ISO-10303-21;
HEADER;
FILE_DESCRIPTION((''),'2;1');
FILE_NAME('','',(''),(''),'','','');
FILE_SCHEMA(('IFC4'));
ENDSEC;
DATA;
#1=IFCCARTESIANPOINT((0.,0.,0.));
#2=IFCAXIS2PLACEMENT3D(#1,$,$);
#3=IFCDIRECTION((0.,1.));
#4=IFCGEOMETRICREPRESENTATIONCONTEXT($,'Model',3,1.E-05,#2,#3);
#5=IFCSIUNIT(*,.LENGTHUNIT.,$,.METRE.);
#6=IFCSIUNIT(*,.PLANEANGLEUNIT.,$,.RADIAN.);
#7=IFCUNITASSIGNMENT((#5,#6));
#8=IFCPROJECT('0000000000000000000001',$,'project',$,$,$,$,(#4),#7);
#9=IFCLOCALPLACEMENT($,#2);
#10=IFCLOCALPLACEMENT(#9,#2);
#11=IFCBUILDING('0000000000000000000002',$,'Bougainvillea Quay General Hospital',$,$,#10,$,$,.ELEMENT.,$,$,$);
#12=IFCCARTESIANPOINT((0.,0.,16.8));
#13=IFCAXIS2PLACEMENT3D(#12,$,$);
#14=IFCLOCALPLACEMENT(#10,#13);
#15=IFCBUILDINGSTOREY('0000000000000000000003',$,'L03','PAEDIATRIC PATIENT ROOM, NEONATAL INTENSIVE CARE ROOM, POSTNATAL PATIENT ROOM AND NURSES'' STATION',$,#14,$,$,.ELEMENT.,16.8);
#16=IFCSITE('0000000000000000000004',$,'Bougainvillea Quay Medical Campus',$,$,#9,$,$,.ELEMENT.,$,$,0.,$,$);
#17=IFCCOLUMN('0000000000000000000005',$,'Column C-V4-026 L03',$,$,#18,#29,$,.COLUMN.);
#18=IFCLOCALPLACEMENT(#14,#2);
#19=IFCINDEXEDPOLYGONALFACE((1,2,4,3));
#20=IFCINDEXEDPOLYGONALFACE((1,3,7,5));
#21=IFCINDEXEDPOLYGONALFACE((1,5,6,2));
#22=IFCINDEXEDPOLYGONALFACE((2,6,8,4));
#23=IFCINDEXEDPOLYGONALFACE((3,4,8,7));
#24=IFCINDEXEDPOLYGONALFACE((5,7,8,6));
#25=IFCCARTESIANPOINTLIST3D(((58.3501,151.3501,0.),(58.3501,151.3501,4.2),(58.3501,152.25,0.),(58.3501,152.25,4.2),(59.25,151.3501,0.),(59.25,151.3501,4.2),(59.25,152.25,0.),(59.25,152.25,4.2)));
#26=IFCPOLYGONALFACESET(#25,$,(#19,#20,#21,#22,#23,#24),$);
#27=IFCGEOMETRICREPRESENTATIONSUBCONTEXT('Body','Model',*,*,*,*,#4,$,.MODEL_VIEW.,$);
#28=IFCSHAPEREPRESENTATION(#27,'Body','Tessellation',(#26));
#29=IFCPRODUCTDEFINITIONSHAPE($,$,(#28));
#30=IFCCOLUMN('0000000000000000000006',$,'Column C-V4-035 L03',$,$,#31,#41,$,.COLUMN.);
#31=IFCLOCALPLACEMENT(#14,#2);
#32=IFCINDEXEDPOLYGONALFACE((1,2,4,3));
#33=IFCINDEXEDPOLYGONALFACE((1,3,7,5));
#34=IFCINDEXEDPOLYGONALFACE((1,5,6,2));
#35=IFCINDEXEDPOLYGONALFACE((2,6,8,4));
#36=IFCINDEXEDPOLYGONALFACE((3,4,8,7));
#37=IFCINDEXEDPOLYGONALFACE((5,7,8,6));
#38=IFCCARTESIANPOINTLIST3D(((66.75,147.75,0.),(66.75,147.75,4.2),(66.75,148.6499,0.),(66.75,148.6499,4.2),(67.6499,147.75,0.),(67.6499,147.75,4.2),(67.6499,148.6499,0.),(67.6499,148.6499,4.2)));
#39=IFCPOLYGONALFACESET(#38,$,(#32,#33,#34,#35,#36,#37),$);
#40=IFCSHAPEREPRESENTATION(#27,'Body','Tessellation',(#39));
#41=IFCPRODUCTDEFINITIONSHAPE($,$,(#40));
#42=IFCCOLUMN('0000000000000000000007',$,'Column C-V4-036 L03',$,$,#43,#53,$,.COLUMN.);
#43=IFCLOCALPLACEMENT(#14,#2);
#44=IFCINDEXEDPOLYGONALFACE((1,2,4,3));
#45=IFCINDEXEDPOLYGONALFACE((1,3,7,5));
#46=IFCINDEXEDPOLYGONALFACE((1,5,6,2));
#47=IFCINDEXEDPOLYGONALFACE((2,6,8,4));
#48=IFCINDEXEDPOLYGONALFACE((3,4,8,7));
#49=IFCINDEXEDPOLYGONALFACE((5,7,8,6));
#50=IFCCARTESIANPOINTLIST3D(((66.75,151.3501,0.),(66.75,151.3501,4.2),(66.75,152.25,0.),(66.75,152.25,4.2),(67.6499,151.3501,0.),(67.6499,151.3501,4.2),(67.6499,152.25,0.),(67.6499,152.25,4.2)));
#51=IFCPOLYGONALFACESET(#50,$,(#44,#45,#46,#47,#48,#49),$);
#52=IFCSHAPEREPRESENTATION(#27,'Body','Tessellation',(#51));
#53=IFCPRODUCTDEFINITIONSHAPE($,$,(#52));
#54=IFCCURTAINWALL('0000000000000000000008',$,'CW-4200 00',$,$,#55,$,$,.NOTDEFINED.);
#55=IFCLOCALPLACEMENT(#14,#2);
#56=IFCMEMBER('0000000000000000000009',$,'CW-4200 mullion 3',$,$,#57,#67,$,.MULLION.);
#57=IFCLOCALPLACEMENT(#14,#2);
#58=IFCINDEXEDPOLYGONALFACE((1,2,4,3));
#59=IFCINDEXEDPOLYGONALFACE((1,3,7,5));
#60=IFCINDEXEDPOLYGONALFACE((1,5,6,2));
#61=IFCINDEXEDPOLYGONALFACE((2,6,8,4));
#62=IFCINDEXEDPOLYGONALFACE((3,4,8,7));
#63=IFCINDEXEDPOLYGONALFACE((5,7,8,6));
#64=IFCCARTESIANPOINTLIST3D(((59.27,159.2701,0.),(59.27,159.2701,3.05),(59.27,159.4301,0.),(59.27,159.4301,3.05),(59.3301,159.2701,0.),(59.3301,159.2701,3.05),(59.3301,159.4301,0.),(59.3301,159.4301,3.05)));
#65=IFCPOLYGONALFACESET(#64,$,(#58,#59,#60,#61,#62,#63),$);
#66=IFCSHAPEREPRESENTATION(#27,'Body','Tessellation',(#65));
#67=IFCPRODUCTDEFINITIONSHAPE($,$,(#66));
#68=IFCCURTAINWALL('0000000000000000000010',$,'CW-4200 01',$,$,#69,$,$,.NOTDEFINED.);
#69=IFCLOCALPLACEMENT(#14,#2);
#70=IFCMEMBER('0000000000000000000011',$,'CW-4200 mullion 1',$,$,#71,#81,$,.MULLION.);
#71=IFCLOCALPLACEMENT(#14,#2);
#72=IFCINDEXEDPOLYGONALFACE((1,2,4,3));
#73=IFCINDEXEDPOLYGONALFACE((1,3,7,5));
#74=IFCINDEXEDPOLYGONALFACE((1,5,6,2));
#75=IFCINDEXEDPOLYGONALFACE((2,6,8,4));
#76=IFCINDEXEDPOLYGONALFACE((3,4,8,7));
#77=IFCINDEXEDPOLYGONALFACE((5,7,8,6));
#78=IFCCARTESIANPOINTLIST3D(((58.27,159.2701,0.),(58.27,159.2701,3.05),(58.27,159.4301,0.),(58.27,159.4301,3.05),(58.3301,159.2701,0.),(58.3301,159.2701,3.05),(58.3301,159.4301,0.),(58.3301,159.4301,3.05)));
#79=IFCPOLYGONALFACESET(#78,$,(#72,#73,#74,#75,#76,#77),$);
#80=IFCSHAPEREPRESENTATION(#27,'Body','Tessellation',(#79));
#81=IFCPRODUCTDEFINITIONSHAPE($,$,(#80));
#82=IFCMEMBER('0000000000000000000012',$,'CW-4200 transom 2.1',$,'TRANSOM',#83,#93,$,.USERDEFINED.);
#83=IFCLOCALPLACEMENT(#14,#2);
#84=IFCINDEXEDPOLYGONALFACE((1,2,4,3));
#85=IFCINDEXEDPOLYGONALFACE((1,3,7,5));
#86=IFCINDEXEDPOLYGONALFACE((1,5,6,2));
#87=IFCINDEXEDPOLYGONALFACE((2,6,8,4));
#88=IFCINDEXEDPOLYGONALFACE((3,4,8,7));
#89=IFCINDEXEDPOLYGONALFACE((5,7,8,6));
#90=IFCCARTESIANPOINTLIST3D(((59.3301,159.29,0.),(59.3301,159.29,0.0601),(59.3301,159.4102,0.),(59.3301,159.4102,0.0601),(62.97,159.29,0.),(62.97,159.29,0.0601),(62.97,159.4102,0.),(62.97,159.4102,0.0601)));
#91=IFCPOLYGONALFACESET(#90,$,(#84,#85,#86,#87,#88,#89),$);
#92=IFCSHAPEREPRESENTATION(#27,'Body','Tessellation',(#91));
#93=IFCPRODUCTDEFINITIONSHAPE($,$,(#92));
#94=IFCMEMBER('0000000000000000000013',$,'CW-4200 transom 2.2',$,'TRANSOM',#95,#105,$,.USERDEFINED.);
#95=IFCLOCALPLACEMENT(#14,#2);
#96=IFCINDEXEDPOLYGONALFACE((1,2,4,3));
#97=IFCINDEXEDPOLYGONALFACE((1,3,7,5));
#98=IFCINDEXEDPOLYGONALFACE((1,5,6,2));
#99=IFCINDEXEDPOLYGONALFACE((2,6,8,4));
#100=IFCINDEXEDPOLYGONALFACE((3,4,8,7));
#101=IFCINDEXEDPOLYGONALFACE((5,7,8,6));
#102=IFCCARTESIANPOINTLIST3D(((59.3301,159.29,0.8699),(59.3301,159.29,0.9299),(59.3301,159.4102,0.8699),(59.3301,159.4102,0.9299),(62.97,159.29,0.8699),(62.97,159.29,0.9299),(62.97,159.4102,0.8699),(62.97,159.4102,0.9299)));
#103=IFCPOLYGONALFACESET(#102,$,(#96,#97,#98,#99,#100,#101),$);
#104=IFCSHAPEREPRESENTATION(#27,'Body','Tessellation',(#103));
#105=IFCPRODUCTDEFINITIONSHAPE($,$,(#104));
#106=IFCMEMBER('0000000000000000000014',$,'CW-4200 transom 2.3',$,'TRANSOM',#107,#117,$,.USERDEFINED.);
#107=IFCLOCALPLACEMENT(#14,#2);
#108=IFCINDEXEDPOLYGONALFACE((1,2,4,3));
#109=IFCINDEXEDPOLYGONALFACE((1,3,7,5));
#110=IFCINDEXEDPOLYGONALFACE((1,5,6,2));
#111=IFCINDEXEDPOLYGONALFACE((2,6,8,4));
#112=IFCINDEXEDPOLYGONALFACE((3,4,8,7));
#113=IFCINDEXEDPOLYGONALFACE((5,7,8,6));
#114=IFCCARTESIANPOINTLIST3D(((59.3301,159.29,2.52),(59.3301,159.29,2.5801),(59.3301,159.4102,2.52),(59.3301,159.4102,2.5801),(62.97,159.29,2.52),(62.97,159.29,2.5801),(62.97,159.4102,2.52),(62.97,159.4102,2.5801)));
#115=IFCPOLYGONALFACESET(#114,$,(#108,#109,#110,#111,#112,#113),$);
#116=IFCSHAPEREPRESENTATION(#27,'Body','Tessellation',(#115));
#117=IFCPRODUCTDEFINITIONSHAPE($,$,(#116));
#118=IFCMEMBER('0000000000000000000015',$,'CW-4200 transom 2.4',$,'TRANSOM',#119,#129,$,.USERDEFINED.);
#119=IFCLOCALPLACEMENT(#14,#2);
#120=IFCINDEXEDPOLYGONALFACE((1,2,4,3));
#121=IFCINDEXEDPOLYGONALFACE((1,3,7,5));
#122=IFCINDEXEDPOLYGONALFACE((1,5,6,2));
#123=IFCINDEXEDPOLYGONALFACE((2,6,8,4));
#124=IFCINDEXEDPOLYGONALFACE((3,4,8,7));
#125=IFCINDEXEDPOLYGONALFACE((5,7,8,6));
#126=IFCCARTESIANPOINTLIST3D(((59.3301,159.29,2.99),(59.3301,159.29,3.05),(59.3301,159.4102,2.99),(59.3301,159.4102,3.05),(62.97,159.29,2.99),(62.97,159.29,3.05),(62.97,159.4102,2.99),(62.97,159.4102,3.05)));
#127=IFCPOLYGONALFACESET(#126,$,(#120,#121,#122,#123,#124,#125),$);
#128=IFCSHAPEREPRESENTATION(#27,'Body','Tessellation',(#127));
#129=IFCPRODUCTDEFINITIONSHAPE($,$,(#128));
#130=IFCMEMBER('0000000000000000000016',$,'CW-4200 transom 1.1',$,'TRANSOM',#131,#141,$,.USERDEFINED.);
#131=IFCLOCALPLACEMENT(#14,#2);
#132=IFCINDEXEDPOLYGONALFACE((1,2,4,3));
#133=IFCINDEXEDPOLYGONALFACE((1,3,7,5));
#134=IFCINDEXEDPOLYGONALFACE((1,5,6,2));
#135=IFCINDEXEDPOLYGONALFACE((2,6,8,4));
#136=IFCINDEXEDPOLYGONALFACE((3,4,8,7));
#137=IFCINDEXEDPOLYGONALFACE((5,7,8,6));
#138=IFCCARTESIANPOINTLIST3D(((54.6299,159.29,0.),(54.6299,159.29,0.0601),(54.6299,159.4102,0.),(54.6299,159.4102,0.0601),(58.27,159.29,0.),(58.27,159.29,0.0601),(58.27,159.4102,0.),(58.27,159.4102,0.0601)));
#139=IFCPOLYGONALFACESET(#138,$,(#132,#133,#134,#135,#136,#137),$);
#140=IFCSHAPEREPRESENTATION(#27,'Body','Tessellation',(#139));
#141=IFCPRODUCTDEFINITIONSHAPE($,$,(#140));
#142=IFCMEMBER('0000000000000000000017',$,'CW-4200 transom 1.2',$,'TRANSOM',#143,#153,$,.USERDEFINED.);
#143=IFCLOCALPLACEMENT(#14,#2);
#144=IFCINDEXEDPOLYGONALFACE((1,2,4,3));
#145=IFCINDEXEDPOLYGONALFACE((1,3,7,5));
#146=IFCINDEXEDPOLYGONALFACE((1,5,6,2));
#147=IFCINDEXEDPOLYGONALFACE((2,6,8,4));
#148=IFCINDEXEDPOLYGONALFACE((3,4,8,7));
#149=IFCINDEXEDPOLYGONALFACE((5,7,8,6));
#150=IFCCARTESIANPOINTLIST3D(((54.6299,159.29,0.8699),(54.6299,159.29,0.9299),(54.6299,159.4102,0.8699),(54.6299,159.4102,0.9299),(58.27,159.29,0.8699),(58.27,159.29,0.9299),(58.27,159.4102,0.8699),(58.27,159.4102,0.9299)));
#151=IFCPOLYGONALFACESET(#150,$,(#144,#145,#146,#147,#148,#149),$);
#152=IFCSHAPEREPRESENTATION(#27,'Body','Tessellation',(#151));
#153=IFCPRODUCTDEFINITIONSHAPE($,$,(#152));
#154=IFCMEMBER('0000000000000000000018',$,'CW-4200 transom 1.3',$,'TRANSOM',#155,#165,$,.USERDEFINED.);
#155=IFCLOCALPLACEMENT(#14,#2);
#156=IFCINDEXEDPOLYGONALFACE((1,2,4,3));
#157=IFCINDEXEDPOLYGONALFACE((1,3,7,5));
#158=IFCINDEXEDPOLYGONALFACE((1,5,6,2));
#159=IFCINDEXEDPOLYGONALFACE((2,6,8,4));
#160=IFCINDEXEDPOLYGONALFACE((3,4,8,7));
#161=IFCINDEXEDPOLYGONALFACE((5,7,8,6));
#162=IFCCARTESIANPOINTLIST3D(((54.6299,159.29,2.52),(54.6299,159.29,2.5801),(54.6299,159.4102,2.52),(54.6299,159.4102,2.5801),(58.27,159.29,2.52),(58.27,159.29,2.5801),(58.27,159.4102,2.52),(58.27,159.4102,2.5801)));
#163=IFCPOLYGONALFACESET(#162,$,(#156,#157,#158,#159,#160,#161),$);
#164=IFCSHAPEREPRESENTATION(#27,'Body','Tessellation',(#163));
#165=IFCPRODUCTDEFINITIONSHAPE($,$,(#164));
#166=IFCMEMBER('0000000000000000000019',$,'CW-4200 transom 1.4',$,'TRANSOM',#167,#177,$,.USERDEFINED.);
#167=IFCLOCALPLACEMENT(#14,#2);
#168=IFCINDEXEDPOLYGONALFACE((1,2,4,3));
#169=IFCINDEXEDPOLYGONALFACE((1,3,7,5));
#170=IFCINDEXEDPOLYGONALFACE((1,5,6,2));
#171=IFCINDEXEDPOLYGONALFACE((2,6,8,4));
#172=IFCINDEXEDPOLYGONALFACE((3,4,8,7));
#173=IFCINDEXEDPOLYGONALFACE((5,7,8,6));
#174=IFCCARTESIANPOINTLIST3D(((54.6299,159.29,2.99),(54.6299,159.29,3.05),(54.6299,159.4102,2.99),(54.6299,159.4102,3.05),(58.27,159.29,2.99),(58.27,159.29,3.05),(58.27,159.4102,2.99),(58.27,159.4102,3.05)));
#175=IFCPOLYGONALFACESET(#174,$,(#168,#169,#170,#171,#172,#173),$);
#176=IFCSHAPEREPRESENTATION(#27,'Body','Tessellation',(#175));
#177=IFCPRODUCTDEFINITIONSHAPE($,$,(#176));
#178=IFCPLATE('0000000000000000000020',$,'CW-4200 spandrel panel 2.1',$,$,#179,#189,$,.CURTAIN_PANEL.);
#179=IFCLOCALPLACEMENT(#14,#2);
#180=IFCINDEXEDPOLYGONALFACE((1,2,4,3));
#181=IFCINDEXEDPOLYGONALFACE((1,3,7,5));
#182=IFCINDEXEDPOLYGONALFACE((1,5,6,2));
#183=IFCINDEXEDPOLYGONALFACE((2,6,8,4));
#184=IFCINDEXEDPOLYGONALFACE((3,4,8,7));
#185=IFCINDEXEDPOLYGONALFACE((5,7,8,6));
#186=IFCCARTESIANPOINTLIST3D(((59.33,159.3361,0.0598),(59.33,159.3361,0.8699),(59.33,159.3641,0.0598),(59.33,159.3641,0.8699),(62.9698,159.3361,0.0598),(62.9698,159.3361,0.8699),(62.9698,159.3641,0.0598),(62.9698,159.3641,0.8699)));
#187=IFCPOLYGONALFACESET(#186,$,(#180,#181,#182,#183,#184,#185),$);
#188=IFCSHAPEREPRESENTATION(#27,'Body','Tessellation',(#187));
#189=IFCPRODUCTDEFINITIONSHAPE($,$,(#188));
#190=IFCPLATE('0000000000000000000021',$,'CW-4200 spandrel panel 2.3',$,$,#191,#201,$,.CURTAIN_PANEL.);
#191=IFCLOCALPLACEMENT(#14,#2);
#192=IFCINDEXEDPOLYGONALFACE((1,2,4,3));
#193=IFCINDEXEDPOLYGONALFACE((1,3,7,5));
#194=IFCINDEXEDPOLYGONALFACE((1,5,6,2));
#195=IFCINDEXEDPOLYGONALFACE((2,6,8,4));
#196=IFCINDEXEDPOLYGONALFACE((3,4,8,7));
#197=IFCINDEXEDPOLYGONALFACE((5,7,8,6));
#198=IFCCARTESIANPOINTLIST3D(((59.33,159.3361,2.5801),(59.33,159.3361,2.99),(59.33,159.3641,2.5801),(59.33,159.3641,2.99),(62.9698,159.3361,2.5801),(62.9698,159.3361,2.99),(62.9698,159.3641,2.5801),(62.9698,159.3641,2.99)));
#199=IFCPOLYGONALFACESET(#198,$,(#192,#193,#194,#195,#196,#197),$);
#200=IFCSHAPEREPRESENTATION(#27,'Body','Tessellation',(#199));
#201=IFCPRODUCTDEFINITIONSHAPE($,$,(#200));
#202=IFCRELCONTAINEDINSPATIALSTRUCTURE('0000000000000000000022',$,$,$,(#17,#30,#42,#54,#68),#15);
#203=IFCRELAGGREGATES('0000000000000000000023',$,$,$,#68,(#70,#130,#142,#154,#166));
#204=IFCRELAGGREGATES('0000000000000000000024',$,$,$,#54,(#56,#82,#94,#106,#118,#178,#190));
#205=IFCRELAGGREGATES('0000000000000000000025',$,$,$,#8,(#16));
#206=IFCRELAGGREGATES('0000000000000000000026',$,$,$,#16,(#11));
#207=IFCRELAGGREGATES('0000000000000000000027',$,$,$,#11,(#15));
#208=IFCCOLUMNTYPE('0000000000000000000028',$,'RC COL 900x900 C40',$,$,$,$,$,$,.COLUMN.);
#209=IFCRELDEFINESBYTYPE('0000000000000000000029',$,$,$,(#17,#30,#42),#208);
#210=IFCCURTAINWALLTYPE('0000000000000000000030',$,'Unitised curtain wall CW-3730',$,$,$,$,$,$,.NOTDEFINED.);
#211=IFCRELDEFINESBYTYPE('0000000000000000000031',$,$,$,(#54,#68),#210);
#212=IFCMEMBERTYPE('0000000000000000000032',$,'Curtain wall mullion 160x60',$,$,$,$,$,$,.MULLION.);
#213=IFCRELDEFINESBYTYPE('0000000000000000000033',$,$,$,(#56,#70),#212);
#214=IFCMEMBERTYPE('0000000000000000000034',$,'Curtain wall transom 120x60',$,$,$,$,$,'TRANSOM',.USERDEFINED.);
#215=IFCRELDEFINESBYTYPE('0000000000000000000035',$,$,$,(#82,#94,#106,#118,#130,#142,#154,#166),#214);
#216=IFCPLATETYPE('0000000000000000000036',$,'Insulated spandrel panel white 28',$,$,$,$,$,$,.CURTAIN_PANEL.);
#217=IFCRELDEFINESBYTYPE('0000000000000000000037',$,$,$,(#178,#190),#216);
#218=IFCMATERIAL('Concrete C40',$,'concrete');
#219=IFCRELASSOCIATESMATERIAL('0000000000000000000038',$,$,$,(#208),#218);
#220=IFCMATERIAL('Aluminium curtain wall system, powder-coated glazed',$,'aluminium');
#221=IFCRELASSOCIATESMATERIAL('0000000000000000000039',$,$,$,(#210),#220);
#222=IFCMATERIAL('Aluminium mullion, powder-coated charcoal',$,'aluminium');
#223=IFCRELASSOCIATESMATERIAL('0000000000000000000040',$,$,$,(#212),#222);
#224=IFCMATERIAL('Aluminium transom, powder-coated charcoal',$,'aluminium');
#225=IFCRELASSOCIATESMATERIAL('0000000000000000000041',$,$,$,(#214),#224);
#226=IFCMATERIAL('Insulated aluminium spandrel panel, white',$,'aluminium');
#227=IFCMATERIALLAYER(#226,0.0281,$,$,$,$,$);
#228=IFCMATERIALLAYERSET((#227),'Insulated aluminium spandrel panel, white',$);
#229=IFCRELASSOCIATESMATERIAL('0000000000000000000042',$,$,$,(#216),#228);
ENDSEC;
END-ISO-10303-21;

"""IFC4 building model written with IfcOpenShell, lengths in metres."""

from ifc_helpers import new_model, si_unit, direction, frame, origin, origin_2d, place, context, subcontext, project, spatial, rectangle, extrude, material, layer, layer_set, material_profile, profile_set, type_object, element, aggregate, save


model = new_model("IFC4")

# Units and contexts
model_context = context("Model", 3, precision=1e-05, world=origin(), true_north=direction((0.0, 1.0)))
body_context = subcontext(model_context, "Body", "Model", "MODEL_VIEW")
ifc_project = project(units=[si_unit("LENGTHUNIT", "METRE"), si_unit("PLANEANGLEUNIT", "RADIAN")], contexts=[model_context])

# Site, building, storey
site_placement = place(None, origin())
site = spatial("IfcSite", under=ifc_project, at=site_placement, Name="Bougainvillea Quay Medical Campus", CompositionType="ELEMENT", RefElevation=0.0)
building_placement = place(site_placement, origin())
building = spatial("IfcBuilding", under=site, at=building_placement, Name="Bougainvillea Quay General Hospital", CompositionType="ELEMENT")
storey_placement = place(building_placement, frame((0.0, 0.0, 16.8)))
storey = spatial("IfcBuildingStorey", under=building, at=storey_placement, Name="L03", Description="PAEDIATRIC PATIENT ROOM, NEONATAL INTENSIVE CARE ROOM, POSTNATAL PATIENT ROOM AND NURSES' STATION", CompositionType="ELEMENT", Elevation=16.8)

# Columns
ifc_material_1 = material(Name="Concrete C40", Category="concrete")
ifc_material_profile_1 = material_profile(ifc_material_1, rectangle(XDim=0.8999, YDim=0.8999, at=origin_2d()))
ifc_profile_set_1 = profile_set([ifc_material_profile_1], Name="Concrete C40")
column_type = type_object("IfcColumnType", Name="RC COL 900x900 C40", PredefinedType="COLUMN", material=ifc_profile_set_1)
for number, where, z_axis, x_axis, name in (
    (1, (58.8, 151.8, 0.0), (0.0, 0.0, 1.0), (1.0, 0.0, 0.0), "Column C-V4-026 L03"),
    (2, (67.2, 148.2, 0.0), (0.0, 0.0, 1.0), (1.0, 0.0, 0.0), "Column C-V4-035 L03"),
    (3, (67.2, 151.8, 0.0), (0.0, 0.0, 1.0), (1.0, 0.0, 0.0), "Column C-V4-036 L03"),
):
    element("IfcColumn", number, at=place(storey_placement, frame(where, z_axis=z_axis, x_axis=x_axis)), inside=storey, type_object=column_type, Name=name, PredefinedType="COLUMN", context=body_context, shape_type="SweptSolid", body=[
        extrude(rectangle(XDim=0.8999, YDim=0.8999, at=origin_2d()), origin(), (0.0, 0.0, 1.0), 4.2),
    ])

# Curtain walls, members
ifc_material_2 = material(Name="Aluminium curtain wall system, powder-coated glazed", Category="aluminium")
curtain_wall_type = type_object("IfcCurtainWallType", Name="Unitised curtain wall CW-3730", PredefinedType="NOTDEFINED", material=ifc_material_2)
curtain_wall_1_placement = place(storey_placement, origin())
curtain_wall_1 = element("IfcCurtainWall", 4, at=curtain_wall_1_placement, inside=storey, type_object=curtain_wall_type, Name="CW-4200 00", PredefinedType="NOTDEFINED")
ifc_material_3 = material(Name="Aluminium mullion, powder-coated charcoal", Category="aluminium")
ifc_material_profile_2 = material_profile(ifc_material_3, rectangle(XDim=0.1599, YDim=0.0601, at=origin_2d()))
ifc_profile_set_2 = profile_set([ifc_material_profile_2], Name="Aluminium mullion, powder-coated charcoal")
member_type_1 = type_object("IfcMemberType", Name="Curtain wall mullion 160x60", PredefinedType="MULLION", material=ifc_profile_set_2)
member_1_placement = place(storey_placement, frame((59.3, 159.3501, 0.0), z_axis=(0.0, 0.0, 1.0), x_axis=(0.0, -1.0, 0.0)))
member_1 = element("IfcMember", 5, at=member_1_placement, type_object=member_type_1, Name="CW-4200 mullion 3", PredefinedType="MULLION", context=body_context, shape_type="SweptSolid", body=[
    extrude(rectangle(XDim=0.1599, YDim=0.0601, at=origin_2d()), origin(), (0.0, 0.0, 1.0), 3.05),
])
curtain_wall_2_placement = place(storey_placement, origin())
curtain_wall_2 = element("IfcCurtainWall", 6, at=curtain_wall_2_placement, inside=storey, type_object=curtain_wall_type, Name="CW-4200 01", PredefinedType="NOTDEFINED")
member_2_placement = place(storey_placement, frame((58.3, 159.3501, 0.0), z_axis=(0.0, 0.0, 1.0), x_axis=(0.0, -1.0, 0.0)))
member_2 = element("IfcMember", 7, at=member_2_placement, type_object=member_type_1, Name="CW-4200 mullion 1", PredefinedType="MULLION", context=body_context, shape_type="SweptSolid", body=[
    extrude(rectangle(XDim=0.1599, YDim=0.0601, at=origin_2d()), origin(), (0.0, 0.0, 1.0), 3.05),
])

# Members
ifc_material_4 = material(Name="Aluminium transom, powder-coated charcoal", Category="aluminium")
ifc_material_profile_3 = material_profile(ifc_material_4, rectangle(XDim=0.1201, YDim=0.0601, at=origin_2d()))
ifc_profile_set_3 = profile_set([ifc_material_profile_3], Name="Aluminium transom, powder-coated charcoal")
member_type_2 = type_object("IfcMemberType", Name="Curtain wall transom 120x60", ElementType="TRANSOM", PredefinedType="USERDEFINED", material=ifc_profile_set_3)
member_3_placement = place(storey_placement, frame((62.97, 159.3501, 0.03), z_axis=(-1.0, 0.0, 0.0), x_axis=(0.0, -1.0, 0.0)))
member_3 = element("IfcMember", 8, at=member_3_placement, type_object=member_type_2, Name="CW-4200 transom 2.1", ObjectType="TRANSOM", PredefinedType="USERDEFINED", context=body_context, shape_type="SweptSolid", body=[
    extrude(rectangle(XDim=0.1201, YDim=0.0601, at=origin_2d()), origin(), (0.0, 0.0, 1.0), 3.6399),
])
member_4_placement = place(storey_placement, frame((62.97, 159.3501, 0.8999), z_axis=(-1.0, 0.0, 0.0), x_axis=(0.0, -1.0, 0.0)))
member_4 = element("IfcMember", 9, at=member_4_placement, type_object=member_type_2, Name="CW-4200 transom 2.2", ObjectType="TRANSOM", PredefinedType="USERDEFINED", context=body_context, shape_type="SweptSolid", body=[
    extrude(rectangle(XDim=0.1201, YDim=0.0601, at=origin_2d()), origin(), (0.0, 0.0, 1.0), 3.6399),
])
member_5_placement = place(storey_placement, frame((62.97, 159.3501, 2.55), z_axis=(-1.0, 0.0, 0.0), x_axis=(0.0, -1.0, 0.0)))
member_5 = element("IfcMember", 10, at=member_5_placement, type_object=member_type_2, Name="CW-4200 transom 2.3", ObjectType="TRANSOM", PredefinedType="USERDEFINED", context=body_context, shape_type="SweptSolid", body=[
    extrude(rectangle(XDim=0.1201, YDim=0.0601, at=origin_2d()), origin(), (0.0, 0.0, 1.0), 3.6399),
])
member_6_placement = place(storey_placement, frame((62.97, 159.3501, 3.02), z_axis=(-1.0, 0.0, 0.0), x_axis=(0.0, -1.0, 0.0)))
member_6 = element("IfcMember", 11, at=member_6_placement, type_object=member_type_2, Name="CW-4200 transom 2.4", ObjectType="TRANSOM", PredefinedType="USERDEFINED", context=body_context, shape_type="SweptSolid", body=[
    extrude(rectangle(XDim=0.1201, YDim=0.0601, at=origin_2d()), origin(), (0.0, 0.0, 1.0), 3.6399),
])
member_7_placement = place(storey_placement, frame((58.27, 159.3501, 0.03), z_axis=(-1.0, 0.0, 0.0), x_axis=(0.0, -1.0, 0.0)))
member_7 = element("IfcMember", 12, at=member_7_placement, type_object=member_type_2, Name="CW-4200 transom 1.1", ObjectType="TRANSOM", PredefinedType="USERDEFINED", context=body_context, shape_type="SweptSolid", body=[
    extrude(rectangle(XDim=0.1201, YDim=0.0601, at=origin_2d()), origin(), (0.0, 0.0, 1.0), 3.6401),
])
member_8_placement = place(storey_placement, frame((58.27, 159.3501, 0.8999), z_axis=(-1.0, 0.0, 0.0), x_axis=(0.0, -1.0, 0.0)))
member_8 = element("IfcMember", 13, at=member_8_placement, type_object=member_type_2, Name="CW-4200 transom 1.2", ObjectType="TRANSOM", PredefinedType="USERDEFINED", context=body_context, shape_type="SweptSolid", body=[
    extrude(rectangle(XDim=0.1201, YDim=0.0601, at=origin_2d()), origin(), (0.0, 0.0, 1.0), 3.6401),
])
member_9_placement = place(storey_placement, frame((58.27, 159.3501, 2.55), z_axis=(-1.0, 0.0, 0.0), x_axis=(0.0, -1.0, 0.0)))
member_9 = element("IfcMember", 14, at=member_9_placement, type_object=member_type_2, Name="CW-4200 transom 1.3", ObjectType="TRANSOM", PredefinedType="USERDEFINED", context=body_context, shape_type="SweptSolid", body=[
    extrude(rectangle(XDim=0.1201, YDim=0.0601, at=origin_2d()), origin(), (0.0, 0.0, 1.0), 3.6401),
])
member_10_placement = place(storey_placement, frame((58.27, 159.3501, 3.02), z_axis=(-1.0, 0.0, 0.0), x_axis=(0.0, -1.0, 0.0)))
member_10 = element("IfcMember", 15, at=member_10_placement, type_object=member_type_2, Name="CW-4200 transom 1.4", ObjectType="TRANSOM", PredefinedType="USERDEFINED", context=body_context, shape_type="SweptSolid", body=[
    extrude(rectangle(XDim=0.1201, YDim=0.0601, at=origin_2d()), origin(), (0.0, 0.0, 1.0), 3.6401),
])
aggregate(curtain_wall_2, [member_2, member_7, member_8, member_9, member_10])

# Plates
ifc_material_5 = material(Name="Insulated aluminium spandrel panel, white", Category="aluminium")
ifc_layer_1 = layer(ifc_material_5, 0.0281)
ifc_layer_set_1 = layer_set([ifc_layer_1], Name="Insulated aluminium spandrel panel, white")
plate_type_1 = type_object("IfcPlateType", Name="Insulated spandrel panel white 28", PredefinedType="CURTAIN_PANEL", material=ifc_layer_set_1)
plate_1_placement = place(storey_placement, frame((61.1499, 159.3501, 0.0598), z_axis=(0.0, 0.0, 1.0), x_axis=(-1.0, 0.0, 0.0)))
plate_1 = element("IfcPlate", 16, at=plate_1_placement, type_object=plate_type_1, Name="CW-4200 spandrel panel 2.1", PredefinedType="CURTAIN_PANEL", context=body_context, shape_type="SweptSolid", body=[
    extrude(rectangle(XDim=3.6399, YDim=0.0281, at=origin_2d()), origin(), (0.0, 0.0, 1.0), 0.8101),
])
plate_2_placement = place(storey_placement, frame((61.1499, 159.3501, 2.5801), z_axis=(0.0, 0.0, 1.0), x_axis=(-1.0, 0.0, 0.0)))
plate_2 = element("IfcPlate", 17, at=plate_2_placement, type_object=plate_type_1, Name="CW-4200 spandrel panel 2.3", PredefinedType="CURTAIN_PANEL", context=body_context, shape_type="SweptSolid", body=[
    extrude(rectangle(XDim=3.6399, YDim=0.0281, at=origin_2d()), origin(), (0.0, 0.0, 1.0), 0.4099),
])
aggregate(curtain_wall_1, [member_1, member_3, member_4, member_5, member_6, plate_1, plate_2])

save(model, "model.ifc")
